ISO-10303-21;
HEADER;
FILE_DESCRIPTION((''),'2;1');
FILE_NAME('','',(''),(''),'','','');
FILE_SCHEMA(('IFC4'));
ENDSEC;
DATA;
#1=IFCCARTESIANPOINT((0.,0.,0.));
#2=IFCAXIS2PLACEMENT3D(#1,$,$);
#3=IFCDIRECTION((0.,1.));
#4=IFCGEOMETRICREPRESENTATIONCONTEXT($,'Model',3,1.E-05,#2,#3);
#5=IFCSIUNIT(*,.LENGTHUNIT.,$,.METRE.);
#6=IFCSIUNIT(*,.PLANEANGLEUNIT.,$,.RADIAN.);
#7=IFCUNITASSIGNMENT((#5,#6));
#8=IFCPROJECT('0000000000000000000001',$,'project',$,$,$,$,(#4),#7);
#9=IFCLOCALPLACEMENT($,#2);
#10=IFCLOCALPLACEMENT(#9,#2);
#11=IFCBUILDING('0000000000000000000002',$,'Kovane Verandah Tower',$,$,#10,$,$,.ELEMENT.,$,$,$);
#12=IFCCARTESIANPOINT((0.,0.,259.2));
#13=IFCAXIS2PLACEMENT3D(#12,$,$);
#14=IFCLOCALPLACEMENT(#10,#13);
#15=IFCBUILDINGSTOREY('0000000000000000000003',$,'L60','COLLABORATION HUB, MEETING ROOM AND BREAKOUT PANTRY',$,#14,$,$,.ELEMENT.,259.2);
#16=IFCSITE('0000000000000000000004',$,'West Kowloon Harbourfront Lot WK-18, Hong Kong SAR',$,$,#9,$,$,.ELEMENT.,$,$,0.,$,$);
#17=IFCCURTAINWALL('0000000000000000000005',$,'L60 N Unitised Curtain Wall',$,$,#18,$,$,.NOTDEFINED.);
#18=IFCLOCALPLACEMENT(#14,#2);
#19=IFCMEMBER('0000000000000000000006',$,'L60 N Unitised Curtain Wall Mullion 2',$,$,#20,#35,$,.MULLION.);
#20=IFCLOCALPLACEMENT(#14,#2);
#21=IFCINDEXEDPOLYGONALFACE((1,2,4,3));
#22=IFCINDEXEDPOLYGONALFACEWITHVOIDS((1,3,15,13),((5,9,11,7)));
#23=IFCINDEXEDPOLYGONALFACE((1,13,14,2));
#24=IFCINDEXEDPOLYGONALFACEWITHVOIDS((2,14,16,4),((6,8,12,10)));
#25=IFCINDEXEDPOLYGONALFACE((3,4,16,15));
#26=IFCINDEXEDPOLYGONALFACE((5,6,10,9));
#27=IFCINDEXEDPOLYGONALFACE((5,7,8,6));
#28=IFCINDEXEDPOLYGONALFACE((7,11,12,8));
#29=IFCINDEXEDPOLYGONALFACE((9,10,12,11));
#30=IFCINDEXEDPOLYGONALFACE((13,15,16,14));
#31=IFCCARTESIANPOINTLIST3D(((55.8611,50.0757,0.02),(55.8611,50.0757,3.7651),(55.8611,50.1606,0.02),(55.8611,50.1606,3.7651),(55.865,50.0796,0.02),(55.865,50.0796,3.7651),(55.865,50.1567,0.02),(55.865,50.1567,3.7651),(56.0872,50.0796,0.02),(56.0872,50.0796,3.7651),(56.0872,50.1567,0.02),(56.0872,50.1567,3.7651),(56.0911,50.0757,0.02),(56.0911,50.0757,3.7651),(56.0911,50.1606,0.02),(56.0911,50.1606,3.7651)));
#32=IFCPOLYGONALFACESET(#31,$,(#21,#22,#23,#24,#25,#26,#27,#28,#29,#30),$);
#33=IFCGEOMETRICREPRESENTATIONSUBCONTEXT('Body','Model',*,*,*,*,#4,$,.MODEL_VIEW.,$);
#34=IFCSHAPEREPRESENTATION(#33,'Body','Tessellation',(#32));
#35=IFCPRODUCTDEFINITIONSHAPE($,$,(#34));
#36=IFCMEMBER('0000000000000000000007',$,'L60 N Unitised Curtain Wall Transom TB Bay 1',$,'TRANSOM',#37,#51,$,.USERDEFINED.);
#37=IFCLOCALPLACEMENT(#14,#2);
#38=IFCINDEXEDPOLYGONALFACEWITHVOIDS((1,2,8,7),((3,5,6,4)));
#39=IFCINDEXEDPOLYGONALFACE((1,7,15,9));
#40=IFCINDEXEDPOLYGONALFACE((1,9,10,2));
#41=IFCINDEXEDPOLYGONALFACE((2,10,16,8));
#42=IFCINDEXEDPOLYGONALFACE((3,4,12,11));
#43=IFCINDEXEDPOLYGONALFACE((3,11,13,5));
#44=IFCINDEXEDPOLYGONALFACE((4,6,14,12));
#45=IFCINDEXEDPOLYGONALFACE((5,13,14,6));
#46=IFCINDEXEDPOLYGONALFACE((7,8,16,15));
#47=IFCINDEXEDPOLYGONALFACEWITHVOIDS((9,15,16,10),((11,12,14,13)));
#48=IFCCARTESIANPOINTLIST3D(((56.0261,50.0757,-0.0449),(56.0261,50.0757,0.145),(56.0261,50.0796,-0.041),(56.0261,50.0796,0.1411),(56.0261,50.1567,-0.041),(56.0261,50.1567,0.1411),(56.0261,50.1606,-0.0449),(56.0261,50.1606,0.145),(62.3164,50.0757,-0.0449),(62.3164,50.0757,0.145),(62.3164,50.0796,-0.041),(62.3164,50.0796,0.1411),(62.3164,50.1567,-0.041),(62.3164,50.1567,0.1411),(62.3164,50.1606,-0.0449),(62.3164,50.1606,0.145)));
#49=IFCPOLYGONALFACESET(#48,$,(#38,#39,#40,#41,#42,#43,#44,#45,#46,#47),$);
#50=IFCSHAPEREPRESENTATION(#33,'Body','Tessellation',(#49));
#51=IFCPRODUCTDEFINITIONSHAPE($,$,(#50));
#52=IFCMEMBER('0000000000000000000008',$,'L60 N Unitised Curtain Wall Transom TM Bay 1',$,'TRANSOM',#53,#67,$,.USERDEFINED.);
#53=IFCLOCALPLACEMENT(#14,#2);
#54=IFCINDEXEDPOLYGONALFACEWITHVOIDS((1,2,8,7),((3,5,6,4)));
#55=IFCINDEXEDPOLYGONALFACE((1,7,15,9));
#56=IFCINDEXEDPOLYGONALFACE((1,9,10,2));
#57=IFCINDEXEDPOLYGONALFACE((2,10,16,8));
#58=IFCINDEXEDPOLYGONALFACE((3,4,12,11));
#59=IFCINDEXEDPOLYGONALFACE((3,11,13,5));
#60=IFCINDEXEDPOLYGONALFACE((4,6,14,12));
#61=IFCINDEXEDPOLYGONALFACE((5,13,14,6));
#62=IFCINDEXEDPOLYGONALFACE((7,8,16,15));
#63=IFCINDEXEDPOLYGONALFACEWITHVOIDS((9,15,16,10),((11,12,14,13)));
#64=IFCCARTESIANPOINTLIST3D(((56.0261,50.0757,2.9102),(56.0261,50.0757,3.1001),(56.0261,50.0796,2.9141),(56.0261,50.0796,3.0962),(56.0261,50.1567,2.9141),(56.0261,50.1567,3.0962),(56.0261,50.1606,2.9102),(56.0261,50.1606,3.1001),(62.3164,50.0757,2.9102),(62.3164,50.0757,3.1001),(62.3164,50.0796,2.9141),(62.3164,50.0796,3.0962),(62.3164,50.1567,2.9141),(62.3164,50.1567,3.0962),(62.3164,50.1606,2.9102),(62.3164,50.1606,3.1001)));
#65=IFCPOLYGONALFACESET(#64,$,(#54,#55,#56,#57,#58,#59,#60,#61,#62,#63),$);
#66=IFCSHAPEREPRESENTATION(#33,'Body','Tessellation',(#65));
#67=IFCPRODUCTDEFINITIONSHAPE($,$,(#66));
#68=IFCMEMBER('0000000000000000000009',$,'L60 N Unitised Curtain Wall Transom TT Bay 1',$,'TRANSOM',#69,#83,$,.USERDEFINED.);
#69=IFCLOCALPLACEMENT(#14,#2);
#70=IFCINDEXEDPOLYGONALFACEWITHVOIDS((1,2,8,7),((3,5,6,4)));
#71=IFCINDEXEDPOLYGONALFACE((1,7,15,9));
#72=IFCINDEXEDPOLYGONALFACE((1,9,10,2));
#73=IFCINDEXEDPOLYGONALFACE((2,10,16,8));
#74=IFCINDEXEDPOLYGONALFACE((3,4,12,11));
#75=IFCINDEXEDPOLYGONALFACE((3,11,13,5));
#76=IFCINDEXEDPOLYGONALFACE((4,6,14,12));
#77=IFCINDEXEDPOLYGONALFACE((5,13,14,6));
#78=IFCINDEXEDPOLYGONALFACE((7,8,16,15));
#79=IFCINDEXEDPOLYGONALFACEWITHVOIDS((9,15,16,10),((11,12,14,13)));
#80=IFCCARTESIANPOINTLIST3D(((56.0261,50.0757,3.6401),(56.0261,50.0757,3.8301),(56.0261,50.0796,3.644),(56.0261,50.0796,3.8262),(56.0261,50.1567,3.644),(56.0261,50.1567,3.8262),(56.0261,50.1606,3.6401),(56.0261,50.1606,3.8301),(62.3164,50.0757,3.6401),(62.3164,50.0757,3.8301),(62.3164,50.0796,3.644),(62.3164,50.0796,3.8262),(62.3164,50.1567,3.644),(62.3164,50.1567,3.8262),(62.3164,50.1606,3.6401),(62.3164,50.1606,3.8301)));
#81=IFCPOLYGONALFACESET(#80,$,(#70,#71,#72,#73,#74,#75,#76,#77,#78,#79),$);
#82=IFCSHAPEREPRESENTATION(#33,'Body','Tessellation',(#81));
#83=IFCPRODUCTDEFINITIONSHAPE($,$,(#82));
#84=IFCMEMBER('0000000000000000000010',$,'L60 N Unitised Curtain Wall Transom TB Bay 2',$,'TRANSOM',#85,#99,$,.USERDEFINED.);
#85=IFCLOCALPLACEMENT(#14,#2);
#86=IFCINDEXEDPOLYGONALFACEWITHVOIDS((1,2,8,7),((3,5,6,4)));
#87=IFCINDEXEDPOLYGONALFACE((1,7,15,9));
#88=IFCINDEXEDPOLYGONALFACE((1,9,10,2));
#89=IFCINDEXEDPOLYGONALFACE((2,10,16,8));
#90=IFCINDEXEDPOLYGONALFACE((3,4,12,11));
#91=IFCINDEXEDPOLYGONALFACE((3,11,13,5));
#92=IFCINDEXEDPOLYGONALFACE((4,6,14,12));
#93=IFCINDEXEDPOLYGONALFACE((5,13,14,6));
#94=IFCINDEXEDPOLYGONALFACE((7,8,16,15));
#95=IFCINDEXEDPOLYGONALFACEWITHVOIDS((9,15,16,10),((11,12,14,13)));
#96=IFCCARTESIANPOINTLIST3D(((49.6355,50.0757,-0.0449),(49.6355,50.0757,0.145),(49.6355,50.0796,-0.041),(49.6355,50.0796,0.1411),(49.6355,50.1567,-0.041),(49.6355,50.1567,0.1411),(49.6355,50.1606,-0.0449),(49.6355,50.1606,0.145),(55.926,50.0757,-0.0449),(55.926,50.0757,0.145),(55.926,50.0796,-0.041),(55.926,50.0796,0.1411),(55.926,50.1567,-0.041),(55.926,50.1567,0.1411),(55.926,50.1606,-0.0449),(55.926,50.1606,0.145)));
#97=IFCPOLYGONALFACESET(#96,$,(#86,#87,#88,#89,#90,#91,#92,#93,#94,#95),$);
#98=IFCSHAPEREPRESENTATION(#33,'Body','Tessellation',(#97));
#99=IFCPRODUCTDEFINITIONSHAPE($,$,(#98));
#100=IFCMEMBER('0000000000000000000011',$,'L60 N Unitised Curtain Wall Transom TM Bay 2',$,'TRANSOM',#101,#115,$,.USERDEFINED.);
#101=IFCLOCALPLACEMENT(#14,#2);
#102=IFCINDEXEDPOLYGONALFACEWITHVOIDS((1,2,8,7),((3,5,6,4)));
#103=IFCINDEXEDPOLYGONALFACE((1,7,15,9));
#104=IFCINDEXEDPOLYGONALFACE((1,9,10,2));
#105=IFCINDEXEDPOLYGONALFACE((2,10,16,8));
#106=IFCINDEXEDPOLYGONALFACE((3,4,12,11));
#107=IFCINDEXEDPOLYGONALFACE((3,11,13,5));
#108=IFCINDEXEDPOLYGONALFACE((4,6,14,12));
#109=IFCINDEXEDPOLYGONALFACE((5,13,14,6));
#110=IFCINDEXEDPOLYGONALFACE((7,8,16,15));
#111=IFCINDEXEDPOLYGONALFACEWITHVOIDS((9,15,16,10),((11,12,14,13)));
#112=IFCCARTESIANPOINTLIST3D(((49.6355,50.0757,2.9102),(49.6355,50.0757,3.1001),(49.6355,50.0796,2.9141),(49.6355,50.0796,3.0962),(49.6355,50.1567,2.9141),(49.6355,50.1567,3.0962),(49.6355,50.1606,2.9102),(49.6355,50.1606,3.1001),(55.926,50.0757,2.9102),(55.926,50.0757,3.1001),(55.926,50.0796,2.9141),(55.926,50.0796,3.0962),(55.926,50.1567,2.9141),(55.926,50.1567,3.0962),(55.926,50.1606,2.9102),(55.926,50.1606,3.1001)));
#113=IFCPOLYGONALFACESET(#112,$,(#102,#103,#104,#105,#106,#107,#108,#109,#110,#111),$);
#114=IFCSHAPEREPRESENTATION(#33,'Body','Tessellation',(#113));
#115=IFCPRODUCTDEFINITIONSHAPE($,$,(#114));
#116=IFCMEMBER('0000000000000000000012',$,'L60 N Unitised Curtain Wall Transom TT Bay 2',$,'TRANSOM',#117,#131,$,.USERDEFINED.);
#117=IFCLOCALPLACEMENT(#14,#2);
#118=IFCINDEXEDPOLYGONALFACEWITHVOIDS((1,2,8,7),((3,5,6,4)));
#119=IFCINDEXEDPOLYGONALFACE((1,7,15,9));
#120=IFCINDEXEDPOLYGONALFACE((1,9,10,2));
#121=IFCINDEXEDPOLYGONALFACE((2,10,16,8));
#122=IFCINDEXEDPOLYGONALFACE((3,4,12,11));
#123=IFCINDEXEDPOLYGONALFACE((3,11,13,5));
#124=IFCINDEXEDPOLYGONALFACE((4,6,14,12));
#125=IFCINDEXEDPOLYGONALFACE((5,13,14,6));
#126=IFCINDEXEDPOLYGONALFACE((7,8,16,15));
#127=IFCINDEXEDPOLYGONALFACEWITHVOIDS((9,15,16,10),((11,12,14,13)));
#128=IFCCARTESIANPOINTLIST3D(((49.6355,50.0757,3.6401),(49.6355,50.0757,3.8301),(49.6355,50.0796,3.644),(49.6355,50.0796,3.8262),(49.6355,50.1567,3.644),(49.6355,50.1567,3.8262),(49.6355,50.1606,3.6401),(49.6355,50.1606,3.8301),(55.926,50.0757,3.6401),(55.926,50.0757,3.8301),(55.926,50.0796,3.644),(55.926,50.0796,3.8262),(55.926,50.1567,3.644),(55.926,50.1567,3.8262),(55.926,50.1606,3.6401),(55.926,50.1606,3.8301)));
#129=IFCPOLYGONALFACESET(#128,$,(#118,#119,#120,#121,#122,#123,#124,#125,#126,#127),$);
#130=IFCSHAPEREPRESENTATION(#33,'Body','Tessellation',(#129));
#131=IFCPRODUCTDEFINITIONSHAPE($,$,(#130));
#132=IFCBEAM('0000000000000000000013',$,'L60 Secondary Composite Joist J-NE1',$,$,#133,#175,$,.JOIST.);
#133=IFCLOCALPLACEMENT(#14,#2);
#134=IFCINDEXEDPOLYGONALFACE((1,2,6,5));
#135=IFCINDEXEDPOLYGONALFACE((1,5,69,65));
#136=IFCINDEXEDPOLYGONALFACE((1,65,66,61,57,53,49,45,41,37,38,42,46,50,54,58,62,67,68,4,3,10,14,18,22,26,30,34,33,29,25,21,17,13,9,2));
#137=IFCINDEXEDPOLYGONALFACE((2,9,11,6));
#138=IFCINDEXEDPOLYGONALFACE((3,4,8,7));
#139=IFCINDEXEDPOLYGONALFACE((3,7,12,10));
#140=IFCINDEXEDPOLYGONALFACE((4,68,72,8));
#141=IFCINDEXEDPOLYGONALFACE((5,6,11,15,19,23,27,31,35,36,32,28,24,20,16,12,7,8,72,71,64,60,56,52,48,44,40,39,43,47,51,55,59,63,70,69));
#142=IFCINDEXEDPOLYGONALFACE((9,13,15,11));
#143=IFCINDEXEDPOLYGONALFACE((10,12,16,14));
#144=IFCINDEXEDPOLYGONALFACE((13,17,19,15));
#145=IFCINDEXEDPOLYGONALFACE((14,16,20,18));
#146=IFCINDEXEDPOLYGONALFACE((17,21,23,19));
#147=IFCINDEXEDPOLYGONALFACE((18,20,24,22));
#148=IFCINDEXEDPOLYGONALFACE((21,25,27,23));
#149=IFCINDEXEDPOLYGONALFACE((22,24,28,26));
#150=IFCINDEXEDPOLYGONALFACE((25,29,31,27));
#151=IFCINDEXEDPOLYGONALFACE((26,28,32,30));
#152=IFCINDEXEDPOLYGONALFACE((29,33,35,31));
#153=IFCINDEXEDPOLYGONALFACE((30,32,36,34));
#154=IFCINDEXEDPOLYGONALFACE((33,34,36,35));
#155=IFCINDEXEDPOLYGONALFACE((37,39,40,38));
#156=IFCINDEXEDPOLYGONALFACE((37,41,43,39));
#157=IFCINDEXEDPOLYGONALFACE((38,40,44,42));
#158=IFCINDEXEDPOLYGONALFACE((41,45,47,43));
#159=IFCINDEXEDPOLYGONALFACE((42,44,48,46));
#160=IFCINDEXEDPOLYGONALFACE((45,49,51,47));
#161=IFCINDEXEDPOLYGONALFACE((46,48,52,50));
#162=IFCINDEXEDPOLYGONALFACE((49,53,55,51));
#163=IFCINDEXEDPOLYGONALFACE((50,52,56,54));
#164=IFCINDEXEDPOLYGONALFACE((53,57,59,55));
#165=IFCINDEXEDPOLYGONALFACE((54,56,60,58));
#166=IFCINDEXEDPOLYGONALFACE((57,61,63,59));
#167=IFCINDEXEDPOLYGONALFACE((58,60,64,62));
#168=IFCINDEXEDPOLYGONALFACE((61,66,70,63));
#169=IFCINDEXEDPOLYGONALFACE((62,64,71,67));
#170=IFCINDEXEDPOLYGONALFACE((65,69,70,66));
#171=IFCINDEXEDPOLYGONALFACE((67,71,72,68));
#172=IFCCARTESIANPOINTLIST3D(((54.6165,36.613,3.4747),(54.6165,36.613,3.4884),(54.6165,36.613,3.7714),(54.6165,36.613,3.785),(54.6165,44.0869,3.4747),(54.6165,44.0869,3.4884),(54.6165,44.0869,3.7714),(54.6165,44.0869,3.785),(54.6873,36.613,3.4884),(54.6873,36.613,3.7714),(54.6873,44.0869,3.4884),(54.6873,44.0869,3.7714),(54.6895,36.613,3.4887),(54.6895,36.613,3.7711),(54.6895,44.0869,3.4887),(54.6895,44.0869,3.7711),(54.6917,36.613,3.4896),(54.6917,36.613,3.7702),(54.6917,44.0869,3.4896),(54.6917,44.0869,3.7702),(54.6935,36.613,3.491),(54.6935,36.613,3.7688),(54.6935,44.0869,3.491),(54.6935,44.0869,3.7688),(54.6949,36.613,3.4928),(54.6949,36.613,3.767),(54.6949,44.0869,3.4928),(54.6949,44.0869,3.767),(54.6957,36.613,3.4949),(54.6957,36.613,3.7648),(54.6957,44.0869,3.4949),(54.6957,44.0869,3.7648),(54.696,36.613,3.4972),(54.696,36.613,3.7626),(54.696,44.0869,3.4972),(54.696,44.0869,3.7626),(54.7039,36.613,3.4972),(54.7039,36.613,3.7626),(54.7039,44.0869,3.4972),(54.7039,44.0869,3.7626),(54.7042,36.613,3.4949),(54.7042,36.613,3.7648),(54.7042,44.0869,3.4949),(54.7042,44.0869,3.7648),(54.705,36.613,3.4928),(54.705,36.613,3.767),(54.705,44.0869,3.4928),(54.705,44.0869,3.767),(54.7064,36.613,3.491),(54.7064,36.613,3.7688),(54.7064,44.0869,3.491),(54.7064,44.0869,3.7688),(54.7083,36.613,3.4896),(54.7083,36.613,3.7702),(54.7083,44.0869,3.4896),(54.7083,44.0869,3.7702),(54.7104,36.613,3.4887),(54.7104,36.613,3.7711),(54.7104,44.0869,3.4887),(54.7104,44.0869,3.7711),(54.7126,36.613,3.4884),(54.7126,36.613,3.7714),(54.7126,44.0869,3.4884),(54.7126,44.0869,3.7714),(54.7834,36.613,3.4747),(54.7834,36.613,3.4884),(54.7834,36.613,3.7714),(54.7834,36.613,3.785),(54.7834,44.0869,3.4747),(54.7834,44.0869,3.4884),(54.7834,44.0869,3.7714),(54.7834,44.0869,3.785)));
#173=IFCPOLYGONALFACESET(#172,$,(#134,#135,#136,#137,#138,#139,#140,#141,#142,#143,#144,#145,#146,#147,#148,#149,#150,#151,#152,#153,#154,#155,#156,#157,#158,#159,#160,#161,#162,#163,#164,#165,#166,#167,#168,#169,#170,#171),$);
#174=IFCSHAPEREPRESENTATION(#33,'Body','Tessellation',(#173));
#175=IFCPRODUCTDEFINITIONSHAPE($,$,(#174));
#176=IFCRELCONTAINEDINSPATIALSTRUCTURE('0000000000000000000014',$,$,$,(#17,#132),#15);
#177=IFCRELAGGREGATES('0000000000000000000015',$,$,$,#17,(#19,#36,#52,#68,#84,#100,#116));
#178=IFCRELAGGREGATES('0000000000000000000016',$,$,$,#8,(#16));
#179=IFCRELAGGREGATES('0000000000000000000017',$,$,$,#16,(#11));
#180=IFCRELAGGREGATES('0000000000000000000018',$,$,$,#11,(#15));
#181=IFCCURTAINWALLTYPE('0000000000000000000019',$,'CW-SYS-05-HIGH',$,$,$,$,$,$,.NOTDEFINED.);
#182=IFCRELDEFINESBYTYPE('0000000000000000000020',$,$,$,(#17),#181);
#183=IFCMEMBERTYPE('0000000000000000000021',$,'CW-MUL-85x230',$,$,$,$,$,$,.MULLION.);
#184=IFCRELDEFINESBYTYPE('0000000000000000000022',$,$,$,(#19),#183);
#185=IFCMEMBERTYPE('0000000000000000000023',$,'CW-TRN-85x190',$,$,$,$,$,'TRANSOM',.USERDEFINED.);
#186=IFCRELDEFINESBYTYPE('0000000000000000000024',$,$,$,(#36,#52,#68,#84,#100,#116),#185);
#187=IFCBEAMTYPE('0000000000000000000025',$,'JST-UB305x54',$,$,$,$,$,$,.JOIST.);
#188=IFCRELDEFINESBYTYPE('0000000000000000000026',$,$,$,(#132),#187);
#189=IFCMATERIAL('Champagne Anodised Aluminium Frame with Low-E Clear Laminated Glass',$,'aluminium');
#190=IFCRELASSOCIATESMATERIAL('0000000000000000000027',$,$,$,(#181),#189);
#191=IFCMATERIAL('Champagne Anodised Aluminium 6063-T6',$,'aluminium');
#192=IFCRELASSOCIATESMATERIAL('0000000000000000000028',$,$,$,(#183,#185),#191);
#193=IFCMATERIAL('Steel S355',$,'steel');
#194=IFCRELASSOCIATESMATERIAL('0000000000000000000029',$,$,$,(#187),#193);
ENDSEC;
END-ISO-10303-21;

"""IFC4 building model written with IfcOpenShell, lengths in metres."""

from ifc_helpers import new_model, si_unit, direction, frame, origin, origin_2d, place, context, subcontext, project, spatial, hollow_rectangle, i_section, extrude, material, material_profile, profile_set, type_object, element, aggregate, save


model = new_model("IFC4")

# Units and contexts
model_context = context("Model", 3, precision=1e-05, world=origin(), true_north=direction((0.0, 1.0)))
body_context = subcontext(model_context, "Body", "Model", "MODEL_VIEW")
ifc_project = project(units=[si_unit("LENGTHUNIT", "METRE"), si_unit("PLANEANGLEUNIT", "RADIAN")], contexts=[model_context])

# Site, building, storey
site_placement = place(None, origin())
site = spatial("IfcSite", under=ifc_project, at=site_placement, Name="West Kowloon Harbourfront Lot WK-18, Hong Kong SAR", CompositionType="ELEMENT", RefElevation=0.0)
building_placement = place(site_placement, origin())
building = spatial("IfcBuilding", under=site, at=building_placement, Name="Kovane Verandah Tower", CompositionType="ELEMENT")
storey_placement = place(building_placement, frame((0.0, 0.0, 259.2)))
storey = spatial("IfcBuildingStorey", under=building, at=storey_placement, Name="L60", Description="COLLABORATION HUB, MEETING ROOM AND BREAKOUT PANTRY", CompositionType="ELEMENT", Elevation=259.2)

# Shared definitions
ifc_material_1 = material(Name="Steel S355", Category="steel")

# Curtain wall, members
ifc_material_2 = material(Name="Champagne Anodised Aluminium Frame with Low-E Clear Laminated Glass", Category="aluminium")
curtain_wall_type = type_object("IfcCurtainWallType", Name="CW-SYS-05-HIGH", PredefinedType="NOTDEFINED", material=ifc_material_2)
curtain_wall_placement = place(storey_placement, origin())
curtain_wall = element("IfcCurtainWall", 1, at=curtain_wall_placement, inside=storey, type_object=curtain_wall_type, Name="L60 N Unitised Curtain Wall", PredefinedType="NOTDEFINED")
ifc_material_3 = material(Name="Champagne Anodised Aluminium 6063-T6", Category="aluminium")
ifc_material_profile_1 = material_profile(ifc_material_3, hollow_rectangle(XDim=0.085, YDim=0.23, WallThickness=0.0039, at=origin_2d()), Name="AL85x230x4")
ifc_profile_set_1 = profile_set([ifc_material_profile_1], Name="Champagne Anodised Aluminium 6063-T6")
member_type_1 = type_object("IfcMemberType", Name="CW-MUL-85x230", PredefinedType="MULLION", material=ifc_profile_set_1)
member_1_placement = place(storey_placement, frame((55.9761, 50.1182, 0.02), z_axis=(0.0, 0.0, 1.0), x_axis=(0.0, 1.0, 0.0)))
member_1 = element("IfcMember", 2, at=member_1_placement, type_object=member_type_1, Name="L60 N Unitised Curtain Wall Mullion 2", PredefinedType="MULLION", context=body_context, shape_type="SweptSolid", body=[
    extrude(hollow_rectangle(XDim=0.085, YDim=0.23, WallThickness=0.0039, at=origin_2d()), origin(), (0.0, 0.0, 1.0), 3.7451),
])
ifc_material_profile_2 = material_profile(ifc_material_3, hollow_rectangle(XDim=0.085, YDim=0.1899, WallThickness=0.0039, at=origin_2d()), Name="AL85x190x4")
ifc_profile_set_2 = profile_set([ifc_material_profile_2], Name="Champagne Anodised Aluminium 6063-T6")
member_type_2 = type_object("IfcMemberType", Name="CW-TRN-85x190", ElementType="TRANSOM", PredefinedType="USERDEFINED", material=ifc_profile_set_2)
member_2_placement = place(storey_placement, frame((62.3164, 50.1182, 0.05), z_axis=(-1.0, 0.0, 0.0), x_axis=(0.0, -1.0, 0.0)))
member_2 = element("IfcMember", 3, at=member_2_placement, type_object=member_type_2, Name="L60 N Unitised Curtain Wall Transom TB Bay 1", ObjectType="TRANSOM", PredefinedType="USERDEFINED", context=body_context, shape_type="SweptSolid", body=[
    extrude(hollow_rectangle(XDim=0.085, YDim=0.1899, WallThickness=0.0039, at=origin_2d()), origin(), (0.0, 0.0, 1.0), 6.2903),
])
member_3_placement = place(storey_placement, frame((62.3164, 50.1182, 3.0051), z_axis=(-1.0, 0.0, 0.0), x_axis=(0.0, -1.0, 0.0)))
member_3 = element("IfcMember", 4, at=member_3_placement, type_object=member_type_2, Name="L60 N Unitised Curtain Wall Transom TM Bay 1", ObjectType="TRANSOM", PredefinedType="USERDEFINED", context=body_context, shape_type="SweptSolid", body=[
    extrude(hollow_rectangle(XDim=0.085, YDim=0.1899, WallThickness=0.0039, at=origin_2d()), origin(), (0.0, 0.0, 1.0), 6.2903),
])
member_4_placement = place(storey_placement, frame((62.3164, 50.1182, 3.7351), z_axis=(-1.0, 0.0, 0.0), x_axis=(0.0, -1.0, 0.0)))
member_4 = element("IfcMember", 5, at=member_4_placement, type_object=member_type_2, Name="L60 N Unitised Curtain Wall Transom TT Bay 1", ObjectType="TRANSOM", PredefinedType="USERDEFINED", context=body_context, shape_type="SweptSolid", body=[
    extrude(hollow_rectangle(XDim=0.085, YDim=0.1899, WallThickness=0.0039, at=origin_2d()), origin(), (0.0, 0.0, 1.0), 6.2903),
])
member_5_placement = place(storey_placement, frame((55.926, 50.1182, 0.05), z_axis=(-1.0, 0.0, 0.0), x_axis=(0.0, -1.0, 0.0)))
member_5 = element("IfcMember", 6, at=member_5_placement, type_object=member_type_2, Name="L60 N Unitised Curtain Wall Transom TB Bay 2", ObjectType="TRANSOM", PredefinedType="USERDEFINED", context=body_context, shape_type="SweptSolid", body=[
    extrude(hollow_rectangle(XDim=0.085, YDim=0.1899, WallThickness=0.0039, at=origin_2d()), origin(), (0.0, 0.0, 1.0), 6.2905),
])
member_6_placement = place(storey_placement, frame((55.926, 50.1182, 3.0051), z_axis=(-1.0, 0.0, 0.0), x_axis=(0.0, -1.0, 0.0)))
member_6 = element("IfcMember", 7, at=member_6_placement, type_object=member_type_2, Name="L60 N Unitised Curtain Wall Transom TM Bay 2", ObjectType="TRANSOM", PredefinedType="USERDEFINED", context=body_context, shape_type="SweptSolid", body=[
    extrude(hollow_rectangle(XDim=0.085, YDim=0.1899, WallThickness=0.0039, at=origin_2d()), origin(), (0.0, 0.0, 1.0), 6.2905),
])
member_7_placement = place(storey_placement, frame((55.926, 50.1182, 3.7351), z_axis=(-1.0, 0.0, 0.0), x_axis=(0.0, -1.0, 0.0)))
member_7 = element("IfcMember", 8, at=member_7_placement, type_object=member_type_2, Name="L60 N Unitised Curtain Wall Transom TT Bay 2", ObjectType="TRANSOM", PredefinedType="USERDEFINED", context=body_context, shape_type="SweptSolid", body=[
    extrude(hollow_rectangle(XDim=0.085, YDim=0.1899, WallThickness=0.0039, at=origin_2d()), origin(), (0.0, 0.0, 1.0), 6.2905),
])

# Beam
ifc_material_profile_3 = material_profile(ifc_material_1, i_section(OverallWidth=0.167, OverallDepth=0.3103, WebThickness=0.0078, FlangeThickness=0.0137, FilletRadius=0.0088, at=origin_2d()), Name="UB305x165x54")
ifc_profile_set_3 = profile_set([ifc_material_profile_3], Name="Steel S355")
beam_type_1 = type_object("IfcBeamType", Name="JST-UB305x54", PredefinedType="JOIST", material=ifc_profile_set_3)
beam_1_placement = place(storey_placement, frame((54.7, 36.613, 3.6299), z_axis=(0.0, 1.0, 0.0), x_axis=(-1.0, 0.0, 0.0)))
element("IfcBeam", 9, at=beam_1_placement, inside=storey, type_object=beam_type_1, Name="L60 Secondary Composite Joist J-NE1", PredefinedType="JOIST", context=body_context, shape_type="SweptSolid", body=[
    extrude(i_section(OverallWidth=0.167, OverallDepth=0.3103, WebThickness=0.0078, FlangeThickness=0.0137, FilletRadius=0.0088, at=origin_2d()), origin(), (0.0, 0.0, 1.0), 7.4739),
])

aggregate(curtain_wall, [member_1, member_2, member_3, member_4, member_5, member_6, member_7])

save(model, "model.ifc")
